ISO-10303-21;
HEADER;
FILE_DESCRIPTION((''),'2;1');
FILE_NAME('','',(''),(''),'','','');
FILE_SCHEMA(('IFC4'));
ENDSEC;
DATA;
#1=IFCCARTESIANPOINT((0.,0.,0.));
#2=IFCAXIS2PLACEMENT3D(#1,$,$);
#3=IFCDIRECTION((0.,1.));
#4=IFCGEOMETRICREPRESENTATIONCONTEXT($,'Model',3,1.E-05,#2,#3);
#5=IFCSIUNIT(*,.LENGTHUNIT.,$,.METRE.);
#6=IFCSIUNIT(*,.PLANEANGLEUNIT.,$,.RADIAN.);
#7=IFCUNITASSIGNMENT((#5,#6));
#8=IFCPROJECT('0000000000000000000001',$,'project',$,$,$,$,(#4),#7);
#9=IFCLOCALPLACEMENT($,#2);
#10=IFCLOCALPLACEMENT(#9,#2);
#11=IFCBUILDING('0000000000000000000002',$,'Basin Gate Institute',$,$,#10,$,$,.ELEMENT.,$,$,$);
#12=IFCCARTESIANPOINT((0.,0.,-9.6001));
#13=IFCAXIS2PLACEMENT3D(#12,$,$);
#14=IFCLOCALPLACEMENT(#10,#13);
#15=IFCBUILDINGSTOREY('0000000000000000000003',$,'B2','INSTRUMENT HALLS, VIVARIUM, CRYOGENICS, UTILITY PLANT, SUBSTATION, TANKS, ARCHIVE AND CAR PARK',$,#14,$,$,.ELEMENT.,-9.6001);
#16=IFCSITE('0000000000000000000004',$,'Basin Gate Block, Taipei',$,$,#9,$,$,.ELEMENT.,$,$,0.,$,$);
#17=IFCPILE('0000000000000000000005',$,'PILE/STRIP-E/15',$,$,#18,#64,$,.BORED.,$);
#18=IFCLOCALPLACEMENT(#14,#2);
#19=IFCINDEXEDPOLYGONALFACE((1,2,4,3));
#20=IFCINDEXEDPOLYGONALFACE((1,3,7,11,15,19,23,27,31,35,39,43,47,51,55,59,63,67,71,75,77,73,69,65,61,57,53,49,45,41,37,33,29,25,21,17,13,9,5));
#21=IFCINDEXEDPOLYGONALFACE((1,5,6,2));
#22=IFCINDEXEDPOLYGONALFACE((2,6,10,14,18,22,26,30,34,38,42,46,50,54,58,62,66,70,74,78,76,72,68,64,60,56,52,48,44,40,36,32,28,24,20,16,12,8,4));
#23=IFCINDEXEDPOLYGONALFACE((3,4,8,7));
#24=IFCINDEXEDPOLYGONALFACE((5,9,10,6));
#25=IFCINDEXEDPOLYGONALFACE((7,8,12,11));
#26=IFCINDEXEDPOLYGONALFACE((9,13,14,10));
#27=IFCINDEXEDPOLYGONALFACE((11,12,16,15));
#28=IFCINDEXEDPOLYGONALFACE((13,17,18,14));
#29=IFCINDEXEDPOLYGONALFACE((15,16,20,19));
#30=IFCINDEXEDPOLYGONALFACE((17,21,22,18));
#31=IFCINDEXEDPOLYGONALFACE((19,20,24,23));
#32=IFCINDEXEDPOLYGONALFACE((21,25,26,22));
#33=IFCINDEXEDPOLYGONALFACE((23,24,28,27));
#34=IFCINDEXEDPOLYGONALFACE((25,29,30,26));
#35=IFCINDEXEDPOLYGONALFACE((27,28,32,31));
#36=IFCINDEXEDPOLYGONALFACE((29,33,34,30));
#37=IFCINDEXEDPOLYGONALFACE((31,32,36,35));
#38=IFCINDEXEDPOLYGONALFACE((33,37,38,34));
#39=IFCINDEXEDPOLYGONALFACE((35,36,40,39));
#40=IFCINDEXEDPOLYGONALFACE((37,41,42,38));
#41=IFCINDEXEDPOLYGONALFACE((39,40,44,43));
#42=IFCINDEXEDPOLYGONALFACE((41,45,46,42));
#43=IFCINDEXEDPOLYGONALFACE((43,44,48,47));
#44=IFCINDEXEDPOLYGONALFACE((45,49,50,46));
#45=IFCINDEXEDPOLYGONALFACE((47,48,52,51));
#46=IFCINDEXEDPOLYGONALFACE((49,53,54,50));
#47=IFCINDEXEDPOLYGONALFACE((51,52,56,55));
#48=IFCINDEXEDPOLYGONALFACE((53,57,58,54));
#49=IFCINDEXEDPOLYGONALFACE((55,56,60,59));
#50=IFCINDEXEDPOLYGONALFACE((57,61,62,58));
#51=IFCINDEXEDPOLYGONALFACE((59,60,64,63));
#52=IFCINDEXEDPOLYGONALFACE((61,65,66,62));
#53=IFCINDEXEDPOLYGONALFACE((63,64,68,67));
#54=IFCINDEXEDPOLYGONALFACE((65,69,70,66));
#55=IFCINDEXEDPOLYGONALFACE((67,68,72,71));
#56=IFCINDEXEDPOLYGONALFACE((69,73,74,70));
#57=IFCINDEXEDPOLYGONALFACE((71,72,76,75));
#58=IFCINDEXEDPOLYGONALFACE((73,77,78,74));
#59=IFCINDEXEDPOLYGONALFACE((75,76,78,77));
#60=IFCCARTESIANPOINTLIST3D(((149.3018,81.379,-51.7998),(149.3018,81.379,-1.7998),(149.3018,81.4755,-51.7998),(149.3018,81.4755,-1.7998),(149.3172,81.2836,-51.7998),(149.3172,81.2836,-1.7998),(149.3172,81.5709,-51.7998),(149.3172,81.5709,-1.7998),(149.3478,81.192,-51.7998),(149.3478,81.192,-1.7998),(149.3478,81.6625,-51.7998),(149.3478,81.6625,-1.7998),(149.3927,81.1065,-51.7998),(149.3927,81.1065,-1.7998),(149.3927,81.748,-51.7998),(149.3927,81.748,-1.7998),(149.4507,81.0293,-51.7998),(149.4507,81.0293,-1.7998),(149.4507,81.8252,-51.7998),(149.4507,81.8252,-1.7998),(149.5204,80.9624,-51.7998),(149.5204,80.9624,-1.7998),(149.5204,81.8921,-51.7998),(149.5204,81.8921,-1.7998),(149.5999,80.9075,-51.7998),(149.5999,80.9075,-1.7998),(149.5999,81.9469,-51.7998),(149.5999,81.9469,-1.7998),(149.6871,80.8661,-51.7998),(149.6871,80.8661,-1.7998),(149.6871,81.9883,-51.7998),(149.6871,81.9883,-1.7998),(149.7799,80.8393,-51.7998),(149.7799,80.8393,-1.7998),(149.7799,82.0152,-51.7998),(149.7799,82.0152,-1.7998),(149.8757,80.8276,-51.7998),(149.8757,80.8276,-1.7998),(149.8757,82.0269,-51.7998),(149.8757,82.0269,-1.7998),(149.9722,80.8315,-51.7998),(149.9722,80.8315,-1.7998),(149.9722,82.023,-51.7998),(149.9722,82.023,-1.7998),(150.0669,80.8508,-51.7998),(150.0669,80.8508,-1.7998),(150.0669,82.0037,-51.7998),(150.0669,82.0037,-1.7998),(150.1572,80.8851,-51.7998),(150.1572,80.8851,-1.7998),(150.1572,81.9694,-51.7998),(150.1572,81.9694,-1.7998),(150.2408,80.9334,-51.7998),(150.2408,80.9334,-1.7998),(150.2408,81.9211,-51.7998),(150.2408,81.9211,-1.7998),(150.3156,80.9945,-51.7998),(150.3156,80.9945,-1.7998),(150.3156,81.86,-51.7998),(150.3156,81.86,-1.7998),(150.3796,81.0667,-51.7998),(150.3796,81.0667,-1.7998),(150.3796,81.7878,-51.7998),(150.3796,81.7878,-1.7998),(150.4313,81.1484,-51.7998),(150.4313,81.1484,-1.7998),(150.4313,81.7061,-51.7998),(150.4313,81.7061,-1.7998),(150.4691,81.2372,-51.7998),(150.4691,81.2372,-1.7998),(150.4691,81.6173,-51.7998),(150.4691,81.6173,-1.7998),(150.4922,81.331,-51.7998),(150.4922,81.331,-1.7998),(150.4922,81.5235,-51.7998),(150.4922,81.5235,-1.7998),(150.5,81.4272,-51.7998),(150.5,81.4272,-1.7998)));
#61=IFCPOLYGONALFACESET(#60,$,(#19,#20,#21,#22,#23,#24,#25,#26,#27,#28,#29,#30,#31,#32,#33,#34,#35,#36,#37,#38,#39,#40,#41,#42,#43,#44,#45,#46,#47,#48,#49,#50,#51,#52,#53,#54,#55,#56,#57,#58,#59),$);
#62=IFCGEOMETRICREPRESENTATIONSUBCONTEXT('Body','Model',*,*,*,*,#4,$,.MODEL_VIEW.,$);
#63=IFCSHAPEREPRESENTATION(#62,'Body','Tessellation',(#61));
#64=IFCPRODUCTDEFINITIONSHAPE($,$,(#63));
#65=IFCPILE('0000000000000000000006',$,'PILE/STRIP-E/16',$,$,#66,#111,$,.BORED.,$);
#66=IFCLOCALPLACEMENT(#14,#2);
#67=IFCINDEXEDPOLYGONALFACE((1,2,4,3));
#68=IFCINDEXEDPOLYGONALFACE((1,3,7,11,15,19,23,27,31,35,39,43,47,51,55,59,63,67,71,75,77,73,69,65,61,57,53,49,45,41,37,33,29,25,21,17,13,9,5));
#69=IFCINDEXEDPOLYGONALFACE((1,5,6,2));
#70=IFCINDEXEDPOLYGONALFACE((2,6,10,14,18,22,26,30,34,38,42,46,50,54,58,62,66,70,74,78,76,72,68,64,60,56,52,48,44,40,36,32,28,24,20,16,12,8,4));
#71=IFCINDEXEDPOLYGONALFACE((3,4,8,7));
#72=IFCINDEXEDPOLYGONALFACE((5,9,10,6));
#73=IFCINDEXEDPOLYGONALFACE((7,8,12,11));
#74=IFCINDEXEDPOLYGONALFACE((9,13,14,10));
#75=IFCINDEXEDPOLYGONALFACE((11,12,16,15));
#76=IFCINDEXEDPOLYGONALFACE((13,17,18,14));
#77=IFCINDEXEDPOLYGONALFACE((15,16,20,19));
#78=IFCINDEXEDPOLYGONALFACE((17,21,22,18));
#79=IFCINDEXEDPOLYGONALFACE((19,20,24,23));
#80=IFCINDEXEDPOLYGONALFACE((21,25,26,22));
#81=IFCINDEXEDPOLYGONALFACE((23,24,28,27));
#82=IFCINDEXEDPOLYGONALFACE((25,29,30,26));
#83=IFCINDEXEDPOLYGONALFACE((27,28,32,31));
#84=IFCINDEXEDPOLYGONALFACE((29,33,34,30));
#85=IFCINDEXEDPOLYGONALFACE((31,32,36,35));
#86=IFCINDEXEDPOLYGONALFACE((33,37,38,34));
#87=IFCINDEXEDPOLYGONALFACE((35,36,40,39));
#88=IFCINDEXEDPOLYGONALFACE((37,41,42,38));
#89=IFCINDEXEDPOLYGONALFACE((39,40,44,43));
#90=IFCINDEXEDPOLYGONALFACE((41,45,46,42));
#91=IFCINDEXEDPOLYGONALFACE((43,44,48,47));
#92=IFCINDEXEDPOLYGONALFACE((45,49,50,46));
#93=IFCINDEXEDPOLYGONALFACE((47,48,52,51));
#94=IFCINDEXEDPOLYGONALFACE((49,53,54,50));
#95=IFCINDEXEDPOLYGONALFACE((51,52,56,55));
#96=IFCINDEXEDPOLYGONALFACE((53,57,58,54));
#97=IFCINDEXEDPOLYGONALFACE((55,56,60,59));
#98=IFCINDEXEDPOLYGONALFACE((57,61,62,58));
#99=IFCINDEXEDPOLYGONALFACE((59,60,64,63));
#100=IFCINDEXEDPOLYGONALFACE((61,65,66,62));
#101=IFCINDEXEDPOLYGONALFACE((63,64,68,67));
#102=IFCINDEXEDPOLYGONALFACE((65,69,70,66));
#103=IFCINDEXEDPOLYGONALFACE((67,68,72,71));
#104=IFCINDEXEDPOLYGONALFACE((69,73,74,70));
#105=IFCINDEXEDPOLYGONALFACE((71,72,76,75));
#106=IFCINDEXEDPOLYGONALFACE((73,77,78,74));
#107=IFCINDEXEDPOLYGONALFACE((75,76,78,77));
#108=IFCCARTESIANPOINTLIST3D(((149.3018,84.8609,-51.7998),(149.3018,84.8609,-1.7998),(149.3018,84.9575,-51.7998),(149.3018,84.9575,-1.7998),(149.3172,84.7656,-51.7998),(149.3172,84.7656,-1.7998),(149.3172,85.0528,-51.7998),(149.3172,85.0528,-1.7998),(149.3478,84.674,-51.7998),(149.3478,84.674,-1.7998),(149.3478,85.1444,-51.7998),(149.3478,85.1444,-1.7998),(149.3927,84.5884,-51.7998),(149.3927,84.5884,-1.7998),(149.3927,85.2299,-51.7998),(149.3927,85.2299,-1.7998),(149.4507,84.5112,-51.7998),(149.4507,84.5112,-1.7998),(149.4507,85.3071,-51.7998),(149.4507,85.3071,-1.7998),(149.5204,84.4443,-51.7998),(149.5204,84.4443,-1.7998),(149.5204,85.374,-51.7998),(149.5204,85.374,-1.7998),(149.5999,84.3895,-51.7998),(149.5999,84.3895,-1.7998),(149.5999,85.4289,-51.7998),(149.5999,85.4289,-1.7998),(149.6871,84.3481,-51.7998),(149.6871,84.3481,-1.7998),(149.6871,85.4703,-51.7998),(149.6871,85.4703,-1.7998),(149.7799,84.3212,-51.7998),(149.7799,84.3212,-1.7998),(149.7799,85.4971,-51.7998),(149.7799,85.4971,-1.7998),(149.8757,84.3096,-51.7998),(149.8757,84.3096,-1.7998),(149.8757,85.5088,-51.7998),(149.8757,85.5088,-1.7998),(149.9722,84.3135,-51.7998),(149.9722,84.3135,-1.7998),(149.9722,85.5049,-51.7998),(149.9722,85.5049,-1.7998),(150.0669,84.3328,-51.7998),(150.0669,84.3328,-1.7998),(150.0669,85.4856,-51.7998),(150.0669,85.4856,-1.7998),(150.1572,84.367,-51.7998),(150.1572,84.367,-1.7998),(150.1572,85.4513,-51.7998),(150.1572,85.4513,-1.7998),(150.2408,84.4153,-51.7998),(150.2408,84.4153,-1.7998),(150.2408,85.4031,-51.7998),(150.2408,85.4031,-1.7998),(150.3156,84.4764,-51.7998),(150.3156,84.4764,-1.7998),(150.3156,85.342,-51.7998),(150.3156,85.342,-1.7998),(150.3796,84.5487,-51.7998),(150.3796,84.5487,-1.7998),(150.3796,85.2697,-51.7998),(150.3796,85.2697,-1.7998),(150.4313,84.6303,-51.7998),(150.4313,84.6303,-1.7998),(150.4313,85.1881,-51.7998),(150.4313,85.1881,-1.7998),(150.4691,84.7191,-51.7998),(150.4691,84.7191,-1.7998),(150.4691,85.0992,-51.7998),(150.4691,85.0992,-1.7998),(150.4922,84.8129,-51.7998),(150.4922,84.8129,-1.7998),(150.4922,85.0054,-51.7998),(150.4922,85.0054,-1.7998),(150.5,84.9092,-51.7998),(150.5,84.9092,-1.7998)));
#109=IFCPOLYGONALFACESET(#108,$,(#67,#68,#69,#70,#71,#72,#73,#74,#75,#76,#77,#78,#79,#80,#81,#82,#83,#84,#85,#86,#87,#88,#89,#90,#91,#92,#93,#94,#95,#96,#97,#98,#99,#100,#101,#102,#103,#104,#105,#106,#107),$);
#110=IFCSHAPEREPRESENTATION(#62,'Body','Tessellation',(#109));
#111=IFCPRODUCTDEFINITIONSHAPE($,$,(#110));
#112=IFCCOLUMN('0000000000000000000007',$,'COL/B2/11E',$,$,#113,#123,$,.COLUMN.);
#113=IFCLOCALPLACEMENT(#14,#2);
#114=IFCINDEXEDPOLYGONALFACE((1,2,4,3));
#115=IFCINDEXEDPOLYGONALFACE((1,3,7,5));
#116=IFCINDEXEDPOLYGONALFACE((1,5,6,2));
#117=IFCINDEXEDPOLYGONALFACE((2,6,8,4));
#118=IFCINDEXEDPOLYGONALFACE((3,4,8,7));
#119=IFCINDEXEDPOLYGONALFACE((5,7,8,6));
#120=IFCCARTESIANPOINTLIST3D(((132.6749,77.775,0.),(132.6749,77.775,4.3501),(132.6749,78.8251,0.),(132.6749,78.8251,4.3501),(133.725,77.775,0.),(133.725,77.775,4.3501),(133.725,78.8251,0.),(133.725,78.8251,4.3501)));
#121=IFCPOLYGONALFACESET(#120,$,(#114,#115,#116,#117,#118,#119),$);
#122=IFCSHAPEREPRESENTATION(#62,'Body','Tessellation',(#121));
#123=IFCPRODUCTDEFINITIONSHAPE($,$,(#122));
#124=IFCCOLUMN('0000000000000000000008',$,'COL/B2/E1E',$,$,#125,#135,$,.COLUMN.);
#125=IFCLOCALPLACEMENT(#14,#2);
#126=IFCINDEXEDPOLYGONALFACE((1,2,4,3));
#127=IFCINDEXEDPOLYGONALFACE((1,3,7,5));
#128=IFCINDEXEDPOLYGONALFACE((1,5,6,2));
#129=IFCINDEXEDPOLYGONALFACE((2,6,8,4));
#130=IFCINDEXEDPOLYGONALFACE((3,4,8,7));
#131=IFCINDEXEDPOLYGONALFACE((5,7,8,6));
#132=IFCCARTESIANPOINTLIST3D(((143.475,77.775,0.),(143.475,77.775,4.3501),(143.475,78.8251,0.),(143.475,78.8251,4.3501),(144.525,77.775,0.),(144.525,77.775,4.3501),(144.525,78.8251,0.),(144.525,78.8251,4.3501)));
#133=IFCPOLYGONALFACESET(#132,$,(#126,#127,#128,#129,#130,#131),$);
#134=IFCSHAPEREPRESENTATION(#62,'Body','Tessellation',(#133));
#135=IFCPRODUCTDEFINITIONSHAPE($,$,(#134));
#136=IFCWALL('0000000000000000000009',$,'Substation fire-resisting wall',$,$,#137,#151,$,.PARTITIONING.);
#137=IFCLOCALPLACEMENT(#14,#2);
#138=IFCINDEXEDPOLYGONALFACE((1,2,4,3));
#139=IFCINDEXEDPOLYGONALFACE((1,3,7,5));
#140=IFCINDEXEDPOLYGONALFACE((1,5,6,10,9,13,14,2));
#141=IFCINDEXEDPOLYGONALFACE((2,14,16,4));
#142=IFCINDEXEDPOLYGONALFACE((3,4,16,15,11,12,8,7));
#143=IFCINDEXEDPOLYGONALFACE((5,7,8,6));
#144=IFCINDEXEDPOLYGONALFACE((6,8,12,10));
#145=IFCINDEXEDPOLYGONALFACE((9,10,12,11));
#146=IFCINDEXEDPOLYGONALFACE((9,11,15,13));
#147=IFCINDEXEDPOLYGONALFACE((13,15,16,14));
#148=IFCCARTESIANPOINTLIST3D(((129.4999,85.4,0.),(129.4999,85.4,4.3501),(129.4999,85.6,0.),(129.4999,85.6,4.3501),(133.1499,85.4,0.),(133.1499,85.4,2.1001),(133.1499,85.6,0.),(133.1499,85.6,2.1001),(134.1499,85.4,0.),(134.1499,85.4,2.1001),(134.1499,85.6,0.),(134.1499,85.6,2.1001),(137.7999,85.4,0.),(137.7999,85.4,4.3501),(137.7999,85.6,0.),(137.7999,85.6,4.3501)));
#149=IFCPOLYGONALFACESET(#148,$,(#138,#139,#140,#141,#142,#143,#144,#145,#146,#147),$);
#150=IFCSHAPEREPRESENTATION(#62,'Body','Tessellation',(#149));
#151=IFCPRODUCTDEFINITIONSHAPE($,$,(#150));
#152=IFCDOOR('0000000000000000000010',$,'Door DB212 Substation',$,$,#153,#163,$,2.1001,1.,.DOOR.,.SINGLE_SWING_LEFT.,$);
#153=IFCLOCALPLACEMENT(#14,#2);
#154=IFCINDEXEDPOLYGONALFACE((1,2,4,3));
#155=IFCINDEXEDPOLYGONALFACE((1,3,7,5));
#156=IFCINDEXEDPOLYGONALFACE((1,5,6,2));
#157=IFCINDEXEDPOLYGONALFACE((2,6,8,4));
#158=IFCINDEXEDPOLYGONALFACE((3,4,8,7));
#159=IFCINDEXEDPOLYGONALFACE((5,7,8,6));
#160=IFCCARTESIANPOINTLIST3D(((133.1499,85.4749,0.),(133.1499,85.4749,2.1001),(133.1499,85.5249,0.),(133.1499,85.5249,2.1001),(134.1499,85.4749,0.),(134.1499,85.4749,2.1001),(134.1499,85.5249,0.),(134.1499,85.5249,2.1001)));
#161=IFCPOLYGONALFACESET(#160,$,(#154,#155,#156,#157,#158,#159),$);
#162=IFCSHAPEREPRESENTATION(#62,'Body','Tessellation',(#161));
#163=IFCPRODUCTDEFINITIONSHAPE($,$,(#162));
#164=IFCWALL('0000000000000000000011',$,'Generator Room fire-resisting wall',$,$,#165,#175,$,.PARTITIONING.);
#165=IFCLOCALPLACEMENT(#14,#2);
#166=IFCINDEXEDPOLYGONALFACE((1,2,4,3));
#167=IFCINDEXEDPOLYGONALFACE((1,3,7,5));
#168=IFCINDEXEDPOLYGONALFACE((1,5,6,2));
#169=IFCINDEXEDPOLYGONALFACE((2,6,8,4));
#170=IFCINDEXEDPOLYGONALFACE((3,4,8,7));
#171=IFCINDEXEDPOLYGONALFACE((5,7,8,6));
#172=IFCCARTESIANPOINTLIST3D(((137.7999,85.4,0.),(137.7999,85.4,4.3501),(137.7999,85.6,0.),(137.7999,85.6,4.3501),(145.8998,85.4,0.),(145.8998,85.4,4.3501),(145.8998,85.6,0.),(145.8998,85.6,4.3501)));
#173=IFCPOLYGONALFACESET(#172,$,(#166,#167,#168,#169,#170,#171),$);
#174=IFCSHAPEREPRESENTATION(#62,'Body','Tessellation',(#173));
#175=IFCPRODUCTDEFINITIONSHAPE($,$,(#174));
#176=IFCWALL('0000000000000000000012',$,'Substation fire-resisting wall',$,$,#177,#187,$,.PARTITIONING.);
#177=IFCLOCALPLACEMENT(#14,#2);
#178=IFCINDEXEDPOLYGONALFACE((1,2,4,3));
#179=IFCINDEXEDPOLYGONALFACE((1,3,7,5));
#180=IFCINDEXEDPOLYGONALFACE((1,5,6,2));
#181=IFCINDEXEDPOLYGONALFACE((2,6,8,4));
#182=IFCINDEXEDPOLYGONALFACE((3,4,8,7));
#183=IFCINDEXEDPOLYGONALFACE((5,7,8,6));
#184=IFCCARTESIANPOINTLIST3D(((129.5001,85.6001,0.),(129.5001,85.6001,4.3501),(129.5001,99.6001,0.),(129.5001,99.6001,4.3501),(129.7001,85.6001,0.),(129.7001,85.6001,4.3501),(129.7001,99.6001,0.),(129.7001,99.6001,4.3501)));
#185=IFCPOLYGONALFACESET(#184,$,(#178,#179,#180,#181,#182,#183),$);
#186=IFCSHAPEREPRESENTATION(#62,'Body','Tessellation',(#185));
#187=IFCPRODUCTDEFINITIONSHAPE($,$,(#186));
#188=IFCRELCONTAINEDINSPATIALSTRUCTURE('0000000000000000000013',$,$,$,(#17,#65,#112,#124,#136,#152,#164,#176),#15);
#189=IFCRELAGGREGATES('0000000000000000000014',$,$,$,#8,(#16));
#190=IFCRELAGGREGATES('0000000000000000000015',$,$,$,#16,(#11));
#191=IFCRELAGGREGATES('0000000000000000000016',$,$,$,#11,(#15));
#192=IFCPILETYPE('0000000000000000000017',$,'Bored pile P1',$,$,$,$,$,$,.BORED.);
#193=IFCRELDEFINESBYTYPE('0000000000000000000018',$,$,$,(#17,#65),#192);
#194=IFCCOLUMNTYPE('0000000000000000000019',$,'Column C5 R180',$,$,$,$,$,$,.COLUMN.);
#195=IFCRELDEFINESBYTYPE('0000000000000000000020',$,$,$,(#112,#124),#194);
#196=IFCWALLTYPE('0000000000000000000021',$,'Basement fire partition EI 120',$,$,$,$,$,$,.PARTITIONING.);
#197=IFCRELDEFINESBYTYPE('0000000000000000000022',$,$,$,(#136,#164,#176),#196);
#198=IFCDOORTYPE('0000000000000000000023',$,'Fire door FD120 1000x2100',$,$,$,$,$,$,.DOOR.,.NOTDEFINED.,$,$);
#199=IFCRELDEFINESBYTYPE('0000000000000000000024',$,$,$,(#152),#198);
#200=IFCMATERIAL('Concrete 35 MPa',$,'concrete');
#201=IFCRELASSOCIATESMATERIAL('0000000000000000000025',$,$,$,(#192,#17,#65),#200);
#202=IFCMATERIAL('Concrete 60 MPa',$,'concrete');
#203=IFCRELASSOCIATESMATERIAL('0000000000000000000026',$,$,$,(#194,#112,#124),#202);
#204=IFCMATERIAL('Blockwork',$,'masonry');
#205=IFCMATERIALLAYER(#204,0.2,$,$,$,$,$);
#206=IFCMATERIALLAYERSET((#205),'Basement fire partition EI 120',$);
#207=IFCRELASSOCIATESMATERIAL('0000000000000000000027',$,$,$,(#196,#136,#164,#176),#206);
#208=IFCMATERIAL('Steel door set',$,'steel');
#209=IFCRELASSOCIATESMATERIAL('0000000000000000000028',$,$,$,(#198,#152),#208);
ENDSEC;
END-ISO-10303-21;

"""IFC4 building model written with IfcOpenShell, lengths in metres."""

from ifc_helpers import new_model, si_unit, direction, frame, frame_2d, origin, origin_2d, place, context, subcontext, project, spatial, rectangle, circle, extrude, material, layer, layer_set, material_profile, profile_set, type_object, element, fill, save


model = new_model("IFC4")

# Units and contexts
model_context = context("Model", 3, precision=1e-05, world=origin(), true_north=direction((0.0, 1.0)))
body_context = subcontext(model_context, "Body", "Model", "MODEL_VIEW")
ifc_project = project(units=[si_unit("LENGTHUNIT", "METRE"), si_unit("PLANEANGLEUNIT", "RADIAN")], contexts=[model_context])

# Site, building, storey
site_placement = place(None, origin())
site = spatial("IfcSite", under=ifc_project, at=site_placement, Name="Basin Gate Block, Taipei", CompositionType="ELEMENT", RefElevation=0.0)
building_placement = place(site_placement, origin())
building = spatial("IfcBuilding", under=site, at=building_placement, Name="Basin Gate Institute", CompositionType="ELEMENT")
storey_placement = place(building_placement, frame((0.0, 0.0, -9.6001)))
storey = spatial("IfcBuildingStorey", under=building, at=storey_placement, Name="B2", Description="INSTRUMENT HALLS, VIVARIUM, CRYOGENICS, UTILITY PLANT, SUBSTATION, TANKS, ARCHIVE AND CAR PARK", CompositionType="ELEMENT", Elevation=-9.6001)

# Piles
ifc_material_1 = material(Name="Concrete 35 MPa", Category="concrete")
ifc_material_profile_1 = material_profile(ifc_material_1, circle(Radius=0.6001, at=origin_2d()), Name="Bored pile P1 1200 dia")
ifc_profile_set_1 = profile_set([ifc_material_profile_1], Name="Concrete 35 MPa")
pile_type = type_object("IfcPileType", Name="Bored pile P1", PredefinedType="BORED", material=ifc_profile_set_1)
for number, where, z_axis, x_axis, name in (
    (1, (149.8999, 81.4272, -1.7998), (0.0, 0.0, -1.0), (1.0, 0.0, 0.0), "PILE/STRIP-E/15"),
    (2, (149.8999, 84.9092, -1.7998), (0.0, 0.0, -1.0), (1.0, 0.0, 0.0), "PILE/STRIP-E/16"),
):
    element("IfcPile", number, at=place(storey_placement, frame(where, z_axis=z_axis, x_axis=x_axis)), inside=storey, type_object=pile_type, material=ifc_profile_set_1, Name=name, PredefinedType="BORED", context=body_context, shape_type="SweptSolid", body=[
        extrude(circle(Radius=0.6001, at=origin_2d()), origin(), (0.0, 0.0, 1.0), 50.0),
    ])

# Columns
ifc_material_2 = material(Name="Concrete 60 MPa", Category="concrete")
ifc_material_profile_2 = material_profile(ifc_material_2, rectangle(XDim=1.05, YDim=1.05, at=origin_2d()), Name="Column C5 1050 x 1050")
ifc_profile_set_2 = profile_set([ifc_material_profile_2], Name="Concrete 60 MPa")
column_type = type_object("IfcColumnType", Name="Column C5 R180", PredefinedType="COLUMN", material=ifc_profile_set_2)
for number, where, z_axis, x_axis, name in (
    (3, (133.2, 78.3, 0.0), (0.0, 0.0, 1.0), (1.0, 0.0, 0.0), "COL/B2/11E"),
    (4, (144.0, 78.3, 0.0), (0.0, 0.0, 1.0), (1.0, 0.0, 0.0), "COL/B2/E1E"),
):
    element("IfcColumn", number, at=place(storey_placement, frame(where, z_axis=z_axis, x_axis=x_axis)), inside=storey, type_object=column_type, material=ifc_profile_set_2, Name=name, PredefinedType="COLUMN", context=body_context, shape_type="SweptSolid", body=[
        extrude(rectangle(XDim=1.05, YDim=1.05, at=origin_2d()), origin(), (0.0, 0.0, 1.0), 4.3501),
    ])

# Wall, opening, door
ifc_material_3 = material(Name="Blockwork", Category="masonry")
ifc_layer = layer(ifc_material_3, 0.2)
ifc_layer_set = layer_set([ifc_layer], Name="Basement fire partition EI 120")
wall_type = type_object("IfcWallType", Name="Basement fire partition EI 120", PredefinedType="PARTITIONING", material=ifc_layer_set)
wall_1_placement = place(storey_placement, frame((129.5, 85.5, 0.0), z_axis=(0.0, 0.0, 1.0), x_axis=(1.0, 0.0, 0.0)))
wall_1 = element("IfcWall", 5, at=wall_1_placement, inside=storey, type_object=wall_type, material=ifc_layer_set, Name="Substation fire-resisting wall", PredefinedType="PARTITIONING", context=body_context, shape_type="SweptSolid", body=[
    extrude(rectangle(XDim=8.3, YDim=0.2, at=frame_2d((4.1499, 0.0))), origin(), (0.0, 0.0, 1.0), 4.3501),
])
opening_1_placement = place(wall_1_placement, frame((3.6499, 0.0, 0.0)))
opening_1 = element("IfcOpeningElement", 6, at=opening_1_placement, cuts=wall_1, PredefinedType="OPENING", context=body_context, shape_type="SweptSolid", body=[
    extrude(rectangle(XDim=1.0, YDim=2.1001, at=frame_2d((0.5, 1.05))), frame((0.0, 0.1099, 0.0), z_axis=(0.0, -1.0, 0.0), x_axis=(1.0, 0.0, 0.0)), (0.0, 0.0, 1.0), 0.22),
])
ifc_material_4 = material(Name="Steel door set", Category="steel")
door_type = type_object("IfcDoorType", Name="Fire door FD120 1000x2100", OperationType="NOTDEFINED", PredefinedType="DOOR", material=ifc_material_4)
door_1_placement = place(opening_1_placement, origin())
door_1 = element("IfcDoor", 7, at=door_1_placement, inside=storey, type_object=door_type, material=ifc_material_4, Name="Door DB212 Substation", OperationType="SINGLE_SWING_LEFT", OverallHeight=2.1001, OverallWidth=1.0, PredefinedType="DOOR", context=body_context, shape_type="SweptSolid", body=[
    extrude(rectangle(XDim=1.0, YDim=2.1001, at=frame_2d((0.5, 1.05))), frame((0.0, 0.0249, 0.0), z_axis=(0.0, -1.0, 0.0), x_axis=(1.0, 0.0, 0.0)), (0.0, 0.0, 1.0), 0.05),
])
fill(opening_1, door_1)

# Walls
wall_2_placement = place(storey_placement, frame((137.8, 85.5, 0.0), z_axis=(0.0, 0.0, 1.0), x_axis=(1.0, 0.0, 0.0)))
element("IfcWall", 8, at=wall_2_placement, inside=storey, type_object=wall_type, material=ifc_layer_set, Name="Generator Room fire-resisting wall", PredefinedType="PARTITIONING", context=body_context, shape_type="SweptSolid", body=[
    extrude(rectangle(XDim=8.0999, YDim=0.2, at=frame_2d((4.0498, 0.0))), origin(), (0.0, 0.0, 1.0), 4.3501),
])
for number, where, z_axis, x_axis, name in (
    (9, (129.6001, 85.6001, 0.0), (0.0, 0.0, 1.0), (0.0, 1.0, 0.0), "Substation fire-resisting wall"),
):
    element("IfcWall", number, at=place(storey_placement, frame(where, z_axis=z_axis, x_axis=x_axis)), inside=storey, type_object=wall_type, material=ifc_layer_set, Name=name, PredefinedType="PARTITIONING", context=body_context, shape_type="SweptSolid", body=[
        extrude(rectangle(XDim=14.0, YDim=0.2, at=frame_2d((7.0, 0.0))), origin(), (0.0, 0.0, 1.0), 4.3501),
    ])

save(model, "model.ifc")
